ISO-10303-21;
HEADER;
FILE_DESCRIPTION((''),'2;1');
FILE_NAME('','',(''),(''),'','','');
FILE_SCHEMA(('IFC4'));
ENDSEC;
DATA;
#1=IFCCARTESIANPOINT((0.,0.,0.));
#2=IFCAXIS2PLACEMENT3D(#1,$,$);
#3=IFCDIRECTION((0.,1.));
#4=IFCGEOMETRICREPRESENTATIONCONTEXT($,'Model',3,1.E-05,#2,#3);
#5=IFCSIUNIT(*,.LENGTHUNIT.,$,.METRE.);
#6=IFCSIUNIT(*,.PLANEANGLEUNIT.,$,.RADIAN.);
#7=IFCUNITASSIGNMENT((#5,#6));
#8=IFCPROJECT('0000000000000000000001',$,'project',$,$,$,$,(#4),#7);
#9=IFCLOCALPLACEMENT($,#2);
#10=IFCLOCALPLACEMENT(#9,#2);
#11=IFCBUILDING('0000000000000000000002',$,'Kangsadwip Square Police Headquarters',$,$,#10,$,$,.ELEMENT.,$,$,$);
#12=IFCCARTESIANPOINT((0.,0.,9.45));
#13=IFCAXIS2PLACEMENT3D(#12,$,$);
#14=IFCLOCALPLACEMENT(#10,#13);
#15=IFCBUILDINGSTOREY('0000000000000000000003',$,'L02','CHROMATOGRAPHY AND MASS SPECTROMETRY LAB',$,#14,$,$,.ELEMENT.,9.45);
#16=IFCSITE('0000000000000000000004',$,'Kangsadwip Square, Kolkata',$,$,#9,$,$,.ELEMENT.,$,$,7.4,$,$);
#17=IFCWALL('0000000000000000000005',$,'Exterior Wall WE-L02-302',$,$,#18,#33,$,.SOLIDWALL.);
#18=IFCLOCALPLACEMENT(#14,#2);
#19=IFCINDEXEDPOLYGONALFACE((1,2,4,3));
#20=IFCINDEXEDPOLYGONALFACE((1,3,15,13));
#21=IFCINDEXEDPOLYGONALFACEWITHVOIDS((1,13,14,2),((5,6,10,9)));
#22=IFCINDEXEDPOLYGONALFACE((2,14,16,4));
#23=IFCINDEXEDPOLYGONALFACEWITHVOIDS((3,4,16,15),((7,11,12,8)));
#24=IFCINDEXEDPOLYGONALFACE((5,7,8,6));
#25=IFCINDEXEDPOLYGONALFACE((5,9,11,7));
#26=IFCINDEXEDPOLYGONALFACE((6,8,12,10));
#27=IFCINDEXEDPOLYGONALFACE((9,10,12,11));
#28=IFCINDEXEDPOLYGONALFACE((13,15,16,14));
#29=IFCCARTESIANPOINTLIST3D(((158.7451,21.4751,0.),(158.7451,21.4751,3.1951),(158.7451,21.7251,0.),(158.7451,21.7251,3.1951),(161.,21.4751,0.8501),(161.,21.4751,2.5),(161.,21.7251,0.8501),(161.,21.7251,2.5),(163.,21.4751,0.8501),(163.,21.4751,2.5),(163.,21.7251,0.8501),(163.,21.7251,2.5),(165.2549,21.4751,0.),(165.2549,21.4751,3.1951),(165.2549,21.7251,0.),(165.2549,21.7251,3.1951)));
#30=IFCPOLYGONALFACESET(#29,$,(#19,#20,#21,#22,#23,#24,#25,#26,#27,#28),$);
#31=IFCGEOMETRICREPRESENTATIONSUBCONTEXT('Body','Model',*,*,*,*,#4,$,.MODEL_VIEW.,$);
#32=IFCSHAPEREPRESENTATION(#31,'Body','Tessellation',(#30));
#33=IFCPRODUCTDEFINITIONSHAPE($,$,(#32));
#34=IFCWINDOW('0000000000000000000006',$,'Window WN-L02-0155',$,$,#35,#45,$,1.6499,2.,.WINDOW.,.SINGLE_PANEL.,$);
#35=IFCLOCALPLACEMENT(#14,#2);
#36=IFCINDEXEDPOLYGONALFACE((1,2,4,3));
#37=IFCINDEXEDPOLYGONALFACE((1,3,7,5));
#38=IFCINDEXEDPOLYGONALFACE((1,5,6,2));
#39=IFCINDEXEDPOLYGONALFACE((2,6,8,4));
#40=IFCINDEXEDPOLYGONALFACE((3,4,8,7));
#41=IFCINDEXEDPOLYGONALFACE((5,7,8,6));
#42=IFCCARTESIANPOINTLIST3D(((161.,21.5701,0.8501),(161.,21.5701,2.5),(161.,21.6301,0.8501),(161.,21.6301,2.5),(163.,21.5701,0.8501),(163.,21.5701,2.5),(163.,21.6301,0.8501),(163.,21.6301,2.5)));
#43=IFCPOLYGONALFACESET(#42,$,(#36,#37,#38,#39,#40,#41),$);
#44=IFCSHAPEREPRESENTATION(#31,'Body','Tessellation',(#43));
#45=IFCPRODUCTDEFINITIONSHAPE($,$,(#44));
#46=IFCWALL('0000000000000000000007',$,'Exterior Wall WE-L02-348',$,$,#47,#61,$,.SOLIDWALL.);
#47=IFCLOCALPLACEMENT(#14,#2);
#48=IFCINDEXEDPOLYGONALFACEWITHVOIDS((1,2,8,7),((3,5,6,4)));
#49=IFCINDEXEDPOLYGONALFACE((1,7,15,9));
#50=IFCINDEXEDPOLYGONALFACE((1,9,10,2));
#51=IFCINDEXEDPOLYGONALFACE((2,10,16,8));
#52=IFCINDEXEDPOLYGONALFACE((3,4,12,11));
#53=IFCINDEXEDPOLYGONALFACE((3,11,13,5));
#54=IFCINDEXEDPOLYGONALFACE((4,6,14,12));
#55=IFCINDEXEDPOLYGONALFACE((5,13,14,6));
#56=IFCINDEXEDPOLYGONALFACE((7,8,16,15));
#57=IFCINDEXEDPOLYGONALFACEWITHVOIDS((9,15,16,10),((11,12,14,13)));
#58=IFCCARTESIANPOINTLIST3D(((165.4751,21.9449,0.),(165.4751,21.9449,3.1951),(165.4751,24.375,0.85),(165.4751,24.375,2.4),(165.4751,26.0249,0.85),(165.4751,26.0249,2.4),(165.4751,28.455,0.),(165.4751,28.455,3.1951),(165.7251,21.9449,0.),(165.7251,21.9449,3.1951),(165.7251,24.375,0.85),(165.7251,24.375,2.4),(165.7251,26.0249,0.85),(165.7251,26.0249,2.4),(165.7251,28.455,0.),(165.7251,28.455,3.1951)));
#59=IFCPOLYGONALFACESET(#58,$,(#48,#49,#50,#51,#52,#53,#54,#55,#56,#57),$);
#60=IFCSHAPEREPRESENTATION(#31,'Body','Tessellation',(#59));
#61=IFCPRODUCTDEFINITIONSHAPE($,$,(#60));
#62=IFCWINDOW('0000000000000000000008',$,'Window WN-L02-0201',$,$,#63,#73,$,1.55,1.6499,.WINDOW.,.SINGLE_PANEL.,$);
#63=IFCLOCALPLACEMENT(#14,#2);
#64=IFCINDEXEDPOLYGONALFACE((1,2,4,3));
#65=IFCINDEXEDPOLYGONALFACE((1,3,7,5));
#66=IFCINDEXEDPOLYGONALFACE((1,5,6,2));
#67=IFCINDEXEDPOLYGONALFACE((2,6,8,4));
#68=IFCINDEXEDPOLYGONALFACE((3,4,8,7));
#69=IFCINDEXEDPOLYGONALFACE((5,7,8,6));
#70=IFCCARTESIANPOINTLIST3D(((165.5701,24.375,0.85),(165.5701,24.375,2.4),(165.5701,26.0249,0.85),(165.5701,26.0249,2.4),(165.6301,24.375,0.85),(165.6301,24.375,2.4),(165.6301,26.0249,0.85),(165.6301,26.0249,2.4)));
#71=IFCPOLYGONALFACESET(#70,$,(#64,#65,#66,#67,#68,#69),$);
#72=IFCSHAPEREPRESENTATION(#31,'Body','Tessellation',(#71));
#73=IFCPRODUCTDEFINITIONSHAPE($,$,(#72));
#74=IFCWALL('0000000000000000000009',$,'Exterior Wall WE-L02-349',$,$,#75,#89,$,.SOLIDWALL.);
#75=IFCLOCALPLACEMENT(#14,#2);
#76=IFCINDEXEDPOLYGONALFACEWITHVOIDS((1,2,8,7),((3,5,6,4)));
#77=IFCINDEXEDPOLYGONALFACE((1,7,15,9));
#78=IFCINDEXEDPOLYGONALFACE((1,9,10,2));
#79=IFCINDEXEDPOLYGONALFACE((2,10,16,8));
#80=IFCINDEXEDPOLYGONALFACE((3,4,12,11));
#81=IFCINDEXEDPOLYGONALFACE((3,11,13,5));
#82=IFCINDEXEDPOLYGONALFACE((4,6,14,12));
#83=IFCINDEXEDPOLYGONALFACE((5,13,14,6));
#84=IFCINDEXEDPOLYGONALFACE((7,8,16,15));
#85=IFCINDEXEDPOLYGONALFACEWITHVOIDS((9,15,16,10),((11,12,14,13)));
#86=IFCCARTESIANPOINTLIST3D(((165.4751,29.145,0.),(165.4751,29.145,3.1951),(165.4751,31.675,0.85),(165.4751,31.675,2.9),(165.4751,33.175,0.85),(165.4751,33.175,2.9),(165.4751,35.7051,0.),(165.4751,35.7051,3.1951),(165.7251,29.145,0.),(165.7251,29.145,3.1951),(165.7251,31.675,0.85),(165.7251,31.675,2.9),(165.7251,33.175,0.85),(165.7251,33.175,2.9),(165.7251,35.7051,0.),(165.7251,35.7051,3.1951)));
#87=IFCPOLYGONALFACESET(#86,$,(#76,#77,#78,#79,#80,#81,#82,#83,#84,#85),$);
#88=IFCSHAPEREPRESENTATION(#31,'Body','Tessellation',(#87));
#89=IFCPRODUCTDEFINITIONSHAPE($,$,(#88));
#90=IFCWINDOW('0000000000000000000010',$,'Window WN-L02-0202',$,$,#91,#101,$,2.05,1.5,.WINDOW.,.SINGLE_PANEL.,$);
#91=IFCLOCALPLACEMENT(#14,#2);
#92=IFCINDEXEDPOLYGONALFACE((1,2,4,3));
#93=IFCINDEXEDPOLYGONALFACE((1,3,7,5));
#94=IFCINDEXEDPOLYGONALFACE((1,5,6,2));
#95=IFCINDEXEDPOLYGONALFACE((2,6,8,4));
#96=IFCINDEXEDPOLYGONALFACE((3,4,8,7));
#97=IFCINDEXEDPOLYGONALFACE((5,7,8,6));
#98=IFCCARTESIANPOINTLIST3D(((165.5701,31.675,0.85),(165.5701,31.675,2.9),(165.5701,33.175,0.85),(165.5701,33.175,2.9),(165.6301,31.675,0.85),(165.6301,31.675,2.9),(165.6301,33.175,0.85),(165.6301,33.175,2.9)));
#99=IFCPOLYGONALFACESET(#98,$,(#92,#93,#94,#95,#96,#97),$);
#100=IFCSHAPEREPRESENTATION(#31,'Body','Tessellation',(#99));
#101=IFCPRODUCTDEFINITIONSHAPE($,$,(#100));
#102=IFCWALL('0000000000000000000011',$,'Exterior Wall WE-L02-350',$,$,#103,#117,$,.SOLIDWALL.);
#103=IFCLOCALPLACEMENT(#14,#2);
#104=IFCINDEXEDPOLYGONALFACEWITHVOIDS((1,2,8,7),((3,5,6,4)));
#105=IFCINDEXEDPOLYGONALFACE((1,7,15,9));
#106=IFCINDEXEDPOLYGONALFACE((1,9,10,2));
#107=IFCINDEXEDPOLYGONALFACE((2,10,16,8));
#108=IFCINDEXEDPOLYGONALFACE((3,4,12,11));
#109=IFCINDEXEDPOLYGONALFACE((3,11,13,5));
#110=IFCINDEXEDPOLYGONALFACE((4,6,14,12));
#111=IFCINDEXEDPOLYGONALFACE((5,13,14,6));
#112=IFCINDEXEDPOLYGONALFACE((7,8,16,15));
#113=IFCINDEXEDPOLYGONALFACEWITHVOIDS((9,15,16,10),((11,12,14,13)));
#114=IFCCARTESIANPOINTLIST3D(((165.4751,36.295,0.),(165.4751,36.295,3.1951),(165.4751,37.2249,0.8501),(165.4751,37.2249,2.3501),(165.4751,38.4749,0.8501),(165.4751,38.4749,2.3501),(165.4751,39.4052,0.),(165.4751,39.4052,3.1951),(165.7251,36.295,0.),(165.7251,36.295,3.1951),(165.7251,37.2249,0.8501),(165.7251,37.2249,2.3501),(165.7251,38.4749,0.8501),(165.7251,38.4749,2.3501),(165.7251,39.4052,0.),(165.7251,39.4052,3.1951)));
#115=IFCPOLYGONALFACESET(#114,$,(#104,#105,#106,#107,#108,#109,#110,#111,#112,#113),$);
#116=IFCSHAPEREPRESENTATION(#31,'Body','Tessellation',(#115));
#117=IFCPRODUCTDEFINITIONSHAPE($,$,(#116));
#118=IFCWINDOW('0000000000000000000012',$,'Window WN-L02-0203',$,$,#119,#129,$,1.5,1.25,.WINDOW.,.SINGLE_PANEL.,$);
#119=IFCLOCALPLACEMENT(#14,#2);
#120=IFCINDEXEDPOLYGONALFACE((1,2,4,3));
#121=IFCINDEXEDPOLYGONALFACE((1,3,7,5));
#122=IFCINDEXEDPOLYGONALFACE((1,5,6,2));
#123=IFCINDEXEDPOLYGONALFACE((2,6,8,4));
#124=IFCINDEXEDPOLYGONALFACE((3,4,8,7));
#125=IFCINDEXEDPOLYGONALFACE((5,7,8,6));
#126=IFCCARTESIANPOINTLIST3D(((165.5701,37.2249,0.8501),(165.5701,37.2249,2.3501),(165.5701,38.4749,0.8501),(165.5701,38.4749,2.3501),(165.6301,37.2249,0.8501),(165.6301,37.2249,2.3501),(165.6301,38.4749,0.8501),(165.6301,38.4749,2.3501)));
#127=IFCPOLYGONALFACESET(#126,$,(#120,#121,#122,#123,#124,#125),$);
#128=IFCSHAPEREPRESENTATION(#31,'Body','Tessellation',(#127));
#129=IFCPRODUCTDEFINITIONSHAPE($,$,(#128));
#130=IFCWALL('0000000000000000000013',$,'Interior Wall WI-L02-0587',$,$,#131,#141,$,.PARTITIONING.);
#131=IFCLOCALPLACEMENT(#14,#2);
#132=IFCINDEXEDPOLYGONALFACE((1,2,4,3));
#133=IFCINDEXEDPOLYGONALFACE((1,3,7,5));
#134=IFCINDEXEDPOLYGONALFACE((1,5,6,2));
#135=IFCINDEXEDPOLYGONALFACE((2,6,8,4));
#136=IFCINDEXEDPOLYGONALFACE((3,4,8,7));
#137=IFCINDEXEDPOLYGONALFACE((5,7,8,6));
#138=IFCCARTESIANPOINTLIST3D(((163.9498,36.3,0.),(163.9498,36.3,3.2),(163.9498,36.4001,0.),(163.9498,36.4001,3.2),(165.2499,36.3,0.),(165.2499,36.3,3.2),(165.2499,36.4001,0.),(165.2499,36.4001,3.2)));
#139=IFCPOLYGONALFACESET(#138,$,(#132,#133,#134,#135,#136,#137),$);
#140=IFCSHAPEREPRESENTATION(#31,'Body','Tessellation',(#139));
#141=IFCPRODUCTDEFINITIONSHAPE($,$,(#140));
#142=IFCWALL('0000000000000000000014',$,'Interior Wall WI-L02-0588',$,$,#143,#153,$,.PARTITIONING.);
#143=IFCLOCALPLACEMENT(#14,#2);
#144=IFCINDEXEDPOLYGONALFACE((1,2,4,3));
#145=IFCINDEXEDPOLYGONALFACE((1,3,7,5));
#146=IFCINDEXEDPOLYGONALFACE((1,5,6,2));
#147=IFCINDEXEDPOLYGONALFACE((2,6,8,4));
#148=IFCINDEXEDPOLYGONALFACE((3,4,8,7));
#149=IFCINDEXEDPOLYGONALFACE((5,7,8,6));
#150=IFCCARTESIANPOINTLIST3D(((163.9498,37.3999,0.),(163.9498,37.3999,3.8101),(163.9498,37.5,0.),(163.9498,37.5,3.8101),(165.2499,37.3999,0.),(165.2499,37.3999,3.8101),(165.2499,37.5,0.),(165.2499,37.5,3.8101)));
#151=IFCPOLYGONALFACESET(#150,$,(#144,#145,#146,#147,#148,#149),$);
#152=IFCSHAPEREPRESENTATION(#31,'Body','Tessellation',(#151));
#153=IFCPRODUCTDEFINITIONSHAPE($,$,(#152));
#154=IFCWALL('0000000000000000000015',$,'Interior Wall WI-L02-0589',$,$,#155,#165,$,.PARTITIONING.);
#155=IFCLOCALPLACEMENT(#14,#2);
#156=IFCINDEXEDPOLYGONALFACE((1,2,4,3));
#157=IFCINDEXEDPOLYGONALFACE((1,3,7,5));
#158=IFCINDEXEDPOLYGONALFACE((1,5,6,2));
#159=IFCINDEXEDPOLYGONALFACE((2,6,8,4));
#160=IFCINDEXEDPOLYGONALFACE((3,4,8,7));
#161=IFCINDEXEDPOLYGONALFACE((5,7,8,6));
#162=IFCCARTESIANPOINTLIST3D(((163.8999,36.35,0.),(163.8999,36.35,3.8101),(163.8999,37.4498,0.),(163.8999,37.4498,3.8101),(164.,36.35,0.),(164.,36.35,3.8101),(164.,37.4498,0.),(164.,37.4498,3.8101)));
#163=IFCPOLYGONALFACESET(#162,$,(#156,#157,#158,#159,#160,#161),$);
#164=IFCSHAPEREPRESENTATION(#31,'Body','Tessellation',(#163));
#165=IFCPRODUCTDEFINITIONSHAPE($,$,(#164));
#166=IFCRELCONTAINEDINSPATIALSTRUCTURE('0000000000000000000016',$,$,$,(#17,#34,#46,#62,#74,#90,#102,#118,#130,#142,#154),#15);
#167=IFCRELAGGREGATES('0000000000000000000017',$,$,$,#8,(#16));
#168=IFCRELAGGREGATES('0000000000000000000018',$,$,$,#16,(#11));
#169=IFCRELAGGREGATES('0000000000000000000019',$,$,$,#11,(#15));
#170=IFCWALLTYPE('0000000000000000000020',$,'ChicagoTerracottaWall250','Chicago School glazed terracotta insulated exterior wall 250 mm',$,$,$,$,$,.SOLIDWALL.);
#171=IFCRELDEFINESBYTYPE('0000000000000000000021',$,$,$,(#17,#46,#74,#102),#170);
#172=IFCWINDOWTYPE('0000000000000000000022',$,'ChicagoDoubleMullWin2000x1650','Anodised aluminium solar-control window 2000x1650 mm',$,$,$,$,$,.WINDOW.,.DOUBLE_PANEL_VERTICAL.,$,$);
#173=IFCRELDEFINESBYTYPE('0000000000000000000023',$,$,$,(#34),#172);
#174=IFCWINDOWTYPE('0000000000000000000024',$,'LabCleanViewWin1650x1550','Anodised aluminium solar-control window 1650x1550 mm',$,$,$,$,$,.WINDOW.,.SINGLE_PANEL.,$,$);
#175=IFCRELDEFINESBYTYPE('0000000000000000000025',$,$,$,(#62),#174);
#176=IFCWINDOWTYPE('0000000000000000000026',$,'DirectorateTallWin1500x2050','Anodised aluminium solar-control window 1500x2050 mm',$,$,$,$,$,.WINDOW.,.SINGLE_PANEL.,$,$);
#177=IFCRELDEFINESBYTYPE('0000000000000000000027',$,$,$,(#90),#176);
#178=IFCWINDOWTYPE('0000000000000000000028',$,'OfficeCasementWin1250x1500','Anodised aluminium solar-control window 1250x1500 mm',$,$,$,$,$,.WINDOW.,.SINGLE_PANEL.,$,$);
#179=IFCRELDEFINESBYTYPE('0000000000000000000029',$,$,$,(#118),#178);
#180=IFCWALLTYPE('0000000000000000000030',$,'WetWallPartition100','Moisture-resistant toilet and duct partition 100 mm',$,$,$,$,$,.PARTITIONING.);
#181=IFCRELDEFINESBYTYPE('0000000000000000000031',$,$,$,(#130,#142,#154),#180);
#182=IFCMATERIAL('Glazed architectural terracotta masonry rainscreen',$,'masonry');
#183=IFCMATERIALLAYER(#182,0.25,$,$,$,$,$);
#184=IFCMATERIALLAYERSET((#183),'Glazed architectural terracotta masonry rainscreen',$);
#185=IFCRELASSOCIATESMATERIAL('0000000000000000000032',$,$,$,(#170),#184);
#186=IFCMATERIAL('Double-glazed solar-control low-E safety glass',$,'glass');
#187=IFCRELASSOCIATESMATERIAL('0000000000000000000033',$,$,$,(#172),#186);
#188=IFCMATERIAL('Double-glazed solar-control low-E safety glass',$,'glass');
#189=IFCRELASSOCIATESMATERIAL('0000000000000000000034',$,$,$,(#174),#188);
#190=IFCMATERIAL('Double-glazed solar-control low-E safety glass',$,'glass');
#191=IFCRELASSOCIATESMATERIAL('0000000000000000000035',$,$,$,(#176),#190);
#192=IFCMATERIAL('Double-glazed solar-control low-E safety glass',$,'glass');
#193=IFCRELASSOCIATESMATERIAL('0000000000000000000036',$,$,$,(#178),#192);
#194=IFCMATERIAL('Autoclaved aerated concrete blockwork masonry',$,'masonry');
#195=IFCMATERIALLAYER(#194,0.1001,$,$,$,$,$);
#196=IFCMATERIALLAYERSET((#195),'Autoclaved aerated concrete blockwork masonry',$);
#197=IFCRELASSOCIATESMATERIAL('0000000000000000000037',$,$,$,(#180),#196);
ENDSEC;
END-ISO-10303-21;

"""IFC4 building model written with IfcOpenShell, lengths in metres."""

from ifc_helpers import new_model, si_unit, direction, frame, frame_2d, origin, place, context, subcontext, project, spatial, rectangle, extrude, material, layer, layer_set, type_object, element, fill, save


model = new_model("IFC4")

# Units and contexts
model_context = context("Model", 3, precision=1e-05, world=origin(), true_north=direction((0.0, 1.0)))
body_context = subcontext(model_context, "Body", "Model", "MODEL_VIEW")
ifc_project = project(units=[si_unit("LENGTHUNIT", "METRE"), si_unit("PLANEANGLEUNIT", "RADIAN")], contexts=[model_context])

# Site, building, storey
site_placement = place(None, origin())
site = spatial("IfcSite", under=ifc_project, at=site_placement, Name="Kangsadwip Square, Kolkata", CompositionType="ELEMENT", RefElevation=7.4)
building_placement = place(site_placement, origin())
building = spatial("IfcBuilding", under=site, at=building_placement, Name="Kangsadwip Square Police Headquarters", CompositionType="ELEMENT")
storey_placement = place(building_placement, frame((0.0, 0.0, 9.45)))
storey = spatial("IfcBuildingStorey", under=building, at=storey_placement, Name="L02", Description="CHROMATOGRAPHY AND MASS SPECTROMETRY LAB", CompositionType="ELEMENT", Elevation=9.45)

# Walls, openings, windows
ifc_material_1 = material(Name="Glazed architectural terracotta masonry rainscreen", Category="masonry")
ifc_layer_1 = layer(ifc_material_1, 0.25)
ifc_layer_set_1 = layer_set([ifc_layer_1], Name="Glazed architectural terracotta masonry rainscreen")
wall_type_1 = type_object("IfcWallType", Name="ChicagoTerracottaWall250", Description="Chicago School glazed terracotta insulated exterior wall 250 mm", PredefinedType="SOLIDWALL", material=ifc_layer_set_1)
wall_1_placement = place(storey_placement, frame((158.7451, 21.6001, 0.0), z_axis=(0.0, 0.0, 1.0), x_axis=(1.0, 0.0, 0.0)))
wall_1 = element("IfcWall", 1, at=wall_1_placement, inside=storey, type_object=wall_type_1, Name="Exterior Wall WE-L02-302", PredefinedType="SOLIDWALL", context=body_context, shape_type="SweptSolid", body=[
    extrude(rectangle(XDim=6.5098, YDim=0.25, at=frame_2d((3.2549, 0.0))), origin(), (0.0, 0.0, 1.0), 3.1951),
])
opening_1_placement = place(wall_1_placement, frame((2.2549, 0.0, 0.8501)))
opening_1 = element("IfcOpeningElement", 2, at=opening_1_placement, cuts=wall_1, PredefinedType="OPENING", context=body_context, shape_type="SweptSolid", body=[
    extrude(rectangle(XDim=2.0, YDim=1.6499, at=frame_2d((1.0, 0.825))), frame((0.0, 0.135, 0.0), z_axis=(0.0, -1.0, 0.0), x_axis=(1.0, 0.0, 0.0)), (0.0, 0.0, 1.0), 0.27),
])
ifc_material_2 = material(Name="Double-glazed solar-control low-E safety glass", Category="glass")
window_type_1 = type_object("IfcWindowType", Name="ChicagoDoubleMullWin2000x1650", Description="Anodised aluminium solar-control window 2000x1650 mm", PartitioningType="DOUBLE_PANEL_VERTICAL", PredefinedType="WINDOW", material=ifc_material_2)
window_1_placement = place(opening_1_placement, origin())
window_1 = element("IfcWindow", 3, at=window_1_placement, inside=storey, type_object=window_type_1, Name="Window WN-L02-0155", OverallHeight=1.6499, OverallWidth=2.0, PartitioningType="SINGLE_PANEL", PredefinedType="WINDOW", context=body_context, shape_type="SweptSolid", body=[
    extrude(rectangle(XDim=2.0, YDim=1.6499, at=frame_2d((1.0, 0.825))), frame((0.0, 0.03, 0.0), z_axis=(0.0, -1.0, 0.0), x_axis=(1.0, 0.0, 0.0)), (0.0, 0.0, 1.0), 0.0601),
])
fill(opening_1, window_1)
wall_2_placement = place(storey_placement, frame((165.6001, 21.9451, 0.0), z_axis=(0.0, 0.0, 1.0), x_axis=(0.0, 1.0, 0.0)))
wall_2 = element("IfcWall", 4, at=wall_2_placement, inside=storey, type_object=wall_type_1, Name="Exterior Wall WE-L02-348", PredefinedType="SOLIDWALL", context=body_context, shape_type="SweptSolid", body=[
    extrude(rectangle(XDim=6.51, YDim=0.25, at=frame_2d((3.2549, 0.0))), origin(), (0.0, 0.0, 1.0), 3.1951),
])
opening_2_placement = place(wall_2_placement, frame((2.4299, 0.0, 0.8501)))
opening_2 = element("IfcOpeningElement", 5, at=opening_2_placement, cuts=wall_2, PredefinedType="OPENING", context=body_context, shape_type="SweptSolid", body=[
    extrude(rectangle(XDim=1.6499, YDim=1.55, at=frame_2d((0.825, 0.7749))), frame((0.0, 0.135, 0.0), z_axis=(0.0, -1.0, 0.0), x_axis=(1.0, 0.0, 0.0)), (0.0, 0.0, 1.0), 0.27),
])
ifc_material_3 = material(Name="Double-glazed solar-control low-E safety glass", Category="glass")
window_type_2 = type_object("IfcWindowType", Name="LabCleanViewWin1650x1550", Description="Anodised aluminium solar-control window 1650x1550 mm", PartitioningType="SINGLE_PANEL", PredefinedType="WINDOW", material=ifc_material_3)
window_2_placement = place(opening_2_placement, origin())
window_2 = element("IfcWindow", 6, at=window_2_placement, inside=storey, type_object=window_type_2, Name="Window WN-L02-0201", OverallHeight=1.55, OverallWidth=1.6499, PartitioningType="SINGLE_PANEL", PredefinedType="WINDOW", context=body_context, shape_type="SweptSolid", body=[
    extrude(rectangle(XDim=1.6499, YDim=1.55, at=frame_2d((0.825, 0.7749))), frame((0.0, 0.03, 0.0), z_axis=(0.0, -1.0, 0.0), x_axis=(1.0, 0.0, 0.0)), (0.0, 0.0, 1.0), 0.0601),
])
fill(opening_2, window_2)
wall_3_placement = place(storey_placement, frame((165.6001, 29.145, 0.0), z_axis=(0.0, 0.0, 1.0), x_axis=(0.0, 1.0, 0.0)))
wall_3 = element("IfcWall", 7, at=wall_3_placement, inside=storey, type_object=wall_type_1, Name="Exterior Wall WE-L02-349", PredefinedType="SOLIDWALL", context=body_context, shape_type="SweptSolid", body=[
    extrude(rectangle(XDim=6.5601, YDim=0.25, at=frame_2d((3.28, 0.0))), origin(), (0.0, 0.0, 1.0), 3.1951),
])
opening_3_placement = place(wall_3_placement, frame((2.53, 0.0, 0.8501)))
opening_3 = element("IfcOpeningElement", 8, at=opening_3_placement, cuts=wall_3, PredefinedType="OPENING", context=body_context, shape_type="SweptSolid", body=[
    extrude(rectangle(XDim=1.5, YDim=2.05, at=frame_2d((0.75, 1.0249))), frame((0.0, 0.135, 0.0), z_axis=(0.0, -1.0, 0.0), x_axis=(1.0, 0.0, 0.0)), (0.0, 0.0, 1.0), 0.27),
])
ifc_material_4 = material(Name="Double-glazed solar-control low-E safety glass", Category="glass")
window_type_3 = type_object("IfcWindowType", Name="DirectorateTallWin1500x2050", Description="Anodised aluminium solar-control window 1500x2050 mm", PartitioningType="SINGLE_PANEL", PredefinedType="WINDOW", material=ifc_material_4)
window_3_placement = place(opening_3_placement, origin())
window_3 = element("IfcWindow", 9, at=window_3_placement, inside=storey, type_object=window_type_3, Name="Window WN-L02-0202", OverallHeight=2.05, OverallWidth=1.5, PartitioningType="SINGLE_PANEL", PredefinedType="WINDOW", context=body_context, shape_type="SweptSolid", body=[
    extrude(rectangle(XDim=1.5, YDim=2.05, at=frame_2d((0.75, 1.0249))), frame((0.0, 0.03, 0.0), z_axis=(0.0, -1.0, 0.0), x_axis=(1.0, 0.0, 0.0)), (0.0, 0.0, 1.0), 0.0601),
])
fill(opening_3, window_3)
wall_4_placement = place(storey_placement, frame((165.6001, 36.2949, 0.0), z_axis=(0.0, 0.0, 1.0), x_axis=(0.0, 1.0, 0.0)))
wall_4 = element("IfcWall", 10, at=wall_4_placement, inside=storey, type_object=wall_type_1, Name="Exterior Wall WE-L02-350", PredefinedType="SOLIDWALL", context=body_context, shape_type="SweptSolid", body=[
    extrude(rectangle(XDim=3.1101, YDim=0.25, at=frame_2d((1.5552, 0.0))), origin(), (0.0, 0.0, 1.0), 3.1951),
])
opening_4_placement = place(wall_4_placement, frame((0.9299, 0.0, 0.8501)))
opening_4 = element("IfcOpeningElement", 11, at=opening_4_placement, cuts=wall_4, PredefinedType="OPENING", context=body_context, shape_type="SweptSolid", body=[
    extrude(rectangle(XDim=1.25, YDim=1.5, at=frame_2d((0.625, 0.75))), frame((0.0, 0.135, 0.0), z_axis=(0.0, -1.0, 0.0), x_axis=(1.0, 0.0, 0.0)), (0.0, 0.0, 1.0), 0.27),
])
ifc_material_5 = material(Name="Double-glazed solar-control low-E safety glass", Category="glass")
window_type_4 = type_object("IfcWindowType", Name="OfficeCasementWin1250x1500", Description="Anodised aluminium solar-control window 1250x1500 mm", PartitioningType="SINGLE_PANEL", PredefinedType="WINDOW", material=ifc_material_5)
window_4_placement = place(opening_4_placement, origin())
window_4 = element("IfcWindow", 12, at=window_4_placement, inside=storey, type_object=window_type_4, Name="Window WN-L02-0203", OverallHeight=1.5, OverallWidth=1.25, PartitioningType="SINGLE_PANEL", PredefinedType="WINDOW", context=body_context, shape_type="SweptSolid", body=[
    extrude(rectangle(XDim=1.25, YDim=1.5, at=frame_2d((0.625, 0.75))), frame((0.0, 0.03, 0.0), z_axis=(0.0, -1.0, 0.0), x_axis=(1.0, 0.0, 0.0)), (0.0, 0.0, 1.0), 0.0601),
])
fill(opening_4, window_4)

# Walls
ifc_material_6 = material(Name="Autoclaved aerated concrete blockwork masonry", Category="masonry")
ifc_layer_2 = layer(ifc_material_6, 0.1001)
ifc_layer_set_2 = layer_set([ifc_layer_2], Name="Autoclaved aerated concrete blockwork masonry")
wall_type_2 = type_object("IfcWallType", Name="WetWallPartition100", Description="Moisture-resistant toilet and duct partition 100 mm", PredefinedType="PARTITIONING", material=ifc_layer_set_2)
wall_5_placement = place(storey_placement, frame((163.95, 36.3501, 0.0), z_axis=(0.0, 0.0, 1.0), x_axis=(1.0, 0.0, 0.0)))
element("IfcWall", 13, at=wall_5_placement, inside=storey, type_object=wall_type_2, Name="Interior Wall WI-L02-0587", PredefinedType="PARTITIONING", context=body_context, shape_type="SweptSolid", body=[
    extrude(rectangle(XDim=1.3, YDim=0.1001, at=frame_2d((0.6499, 0.0))), origin(), (0.0, 0.0, 1.0), 3.2),
])
wall_6_placement = place(storey_placement, frame((163.95, 37.45, 0.0), z_axis=(0.0, 0.0, 1.0), x_axis=(1.0, 0.0, 0.0)))
element("IfcWall", 14, at=wall_6_placement, inside=storey, type_object=wall_type_2, Name="Interior Wall WI-L02-0588", PredefinedType="PARTITIONING", context=body_context, shape_type="SweptSolid", body=[
    extrude(rectangle(XDim=1.3, YDim=0.1001, at=frame_2d((0.6499, 0.0))), origin(), (0.0, 0.0, 1.0), 3.8101),
])
wall_7_placement = place(storey_placement, frame((163.95, 36.3501, 0.0), z_axis=(0.0, 0.0, 1.0), x_axis=(0.0, 1.0, 0.0)))
element("IfcWall", 15, at=wall_7_placement, inside=storey, type_object=wall_type_2, Name="Interior Wall WI-L02-0589", PredefinedType="PARTITIONING", context=body_context, shape_type="SweptSolid", body=[
    extrude(rectangle(XDim=1.0999, YDim=0.1001, at=frame_2d((0.5498, 0.0))), origin(), (0.0, 0.0, 1.0), 3.8101),
])

save(model, "model.ifc")
